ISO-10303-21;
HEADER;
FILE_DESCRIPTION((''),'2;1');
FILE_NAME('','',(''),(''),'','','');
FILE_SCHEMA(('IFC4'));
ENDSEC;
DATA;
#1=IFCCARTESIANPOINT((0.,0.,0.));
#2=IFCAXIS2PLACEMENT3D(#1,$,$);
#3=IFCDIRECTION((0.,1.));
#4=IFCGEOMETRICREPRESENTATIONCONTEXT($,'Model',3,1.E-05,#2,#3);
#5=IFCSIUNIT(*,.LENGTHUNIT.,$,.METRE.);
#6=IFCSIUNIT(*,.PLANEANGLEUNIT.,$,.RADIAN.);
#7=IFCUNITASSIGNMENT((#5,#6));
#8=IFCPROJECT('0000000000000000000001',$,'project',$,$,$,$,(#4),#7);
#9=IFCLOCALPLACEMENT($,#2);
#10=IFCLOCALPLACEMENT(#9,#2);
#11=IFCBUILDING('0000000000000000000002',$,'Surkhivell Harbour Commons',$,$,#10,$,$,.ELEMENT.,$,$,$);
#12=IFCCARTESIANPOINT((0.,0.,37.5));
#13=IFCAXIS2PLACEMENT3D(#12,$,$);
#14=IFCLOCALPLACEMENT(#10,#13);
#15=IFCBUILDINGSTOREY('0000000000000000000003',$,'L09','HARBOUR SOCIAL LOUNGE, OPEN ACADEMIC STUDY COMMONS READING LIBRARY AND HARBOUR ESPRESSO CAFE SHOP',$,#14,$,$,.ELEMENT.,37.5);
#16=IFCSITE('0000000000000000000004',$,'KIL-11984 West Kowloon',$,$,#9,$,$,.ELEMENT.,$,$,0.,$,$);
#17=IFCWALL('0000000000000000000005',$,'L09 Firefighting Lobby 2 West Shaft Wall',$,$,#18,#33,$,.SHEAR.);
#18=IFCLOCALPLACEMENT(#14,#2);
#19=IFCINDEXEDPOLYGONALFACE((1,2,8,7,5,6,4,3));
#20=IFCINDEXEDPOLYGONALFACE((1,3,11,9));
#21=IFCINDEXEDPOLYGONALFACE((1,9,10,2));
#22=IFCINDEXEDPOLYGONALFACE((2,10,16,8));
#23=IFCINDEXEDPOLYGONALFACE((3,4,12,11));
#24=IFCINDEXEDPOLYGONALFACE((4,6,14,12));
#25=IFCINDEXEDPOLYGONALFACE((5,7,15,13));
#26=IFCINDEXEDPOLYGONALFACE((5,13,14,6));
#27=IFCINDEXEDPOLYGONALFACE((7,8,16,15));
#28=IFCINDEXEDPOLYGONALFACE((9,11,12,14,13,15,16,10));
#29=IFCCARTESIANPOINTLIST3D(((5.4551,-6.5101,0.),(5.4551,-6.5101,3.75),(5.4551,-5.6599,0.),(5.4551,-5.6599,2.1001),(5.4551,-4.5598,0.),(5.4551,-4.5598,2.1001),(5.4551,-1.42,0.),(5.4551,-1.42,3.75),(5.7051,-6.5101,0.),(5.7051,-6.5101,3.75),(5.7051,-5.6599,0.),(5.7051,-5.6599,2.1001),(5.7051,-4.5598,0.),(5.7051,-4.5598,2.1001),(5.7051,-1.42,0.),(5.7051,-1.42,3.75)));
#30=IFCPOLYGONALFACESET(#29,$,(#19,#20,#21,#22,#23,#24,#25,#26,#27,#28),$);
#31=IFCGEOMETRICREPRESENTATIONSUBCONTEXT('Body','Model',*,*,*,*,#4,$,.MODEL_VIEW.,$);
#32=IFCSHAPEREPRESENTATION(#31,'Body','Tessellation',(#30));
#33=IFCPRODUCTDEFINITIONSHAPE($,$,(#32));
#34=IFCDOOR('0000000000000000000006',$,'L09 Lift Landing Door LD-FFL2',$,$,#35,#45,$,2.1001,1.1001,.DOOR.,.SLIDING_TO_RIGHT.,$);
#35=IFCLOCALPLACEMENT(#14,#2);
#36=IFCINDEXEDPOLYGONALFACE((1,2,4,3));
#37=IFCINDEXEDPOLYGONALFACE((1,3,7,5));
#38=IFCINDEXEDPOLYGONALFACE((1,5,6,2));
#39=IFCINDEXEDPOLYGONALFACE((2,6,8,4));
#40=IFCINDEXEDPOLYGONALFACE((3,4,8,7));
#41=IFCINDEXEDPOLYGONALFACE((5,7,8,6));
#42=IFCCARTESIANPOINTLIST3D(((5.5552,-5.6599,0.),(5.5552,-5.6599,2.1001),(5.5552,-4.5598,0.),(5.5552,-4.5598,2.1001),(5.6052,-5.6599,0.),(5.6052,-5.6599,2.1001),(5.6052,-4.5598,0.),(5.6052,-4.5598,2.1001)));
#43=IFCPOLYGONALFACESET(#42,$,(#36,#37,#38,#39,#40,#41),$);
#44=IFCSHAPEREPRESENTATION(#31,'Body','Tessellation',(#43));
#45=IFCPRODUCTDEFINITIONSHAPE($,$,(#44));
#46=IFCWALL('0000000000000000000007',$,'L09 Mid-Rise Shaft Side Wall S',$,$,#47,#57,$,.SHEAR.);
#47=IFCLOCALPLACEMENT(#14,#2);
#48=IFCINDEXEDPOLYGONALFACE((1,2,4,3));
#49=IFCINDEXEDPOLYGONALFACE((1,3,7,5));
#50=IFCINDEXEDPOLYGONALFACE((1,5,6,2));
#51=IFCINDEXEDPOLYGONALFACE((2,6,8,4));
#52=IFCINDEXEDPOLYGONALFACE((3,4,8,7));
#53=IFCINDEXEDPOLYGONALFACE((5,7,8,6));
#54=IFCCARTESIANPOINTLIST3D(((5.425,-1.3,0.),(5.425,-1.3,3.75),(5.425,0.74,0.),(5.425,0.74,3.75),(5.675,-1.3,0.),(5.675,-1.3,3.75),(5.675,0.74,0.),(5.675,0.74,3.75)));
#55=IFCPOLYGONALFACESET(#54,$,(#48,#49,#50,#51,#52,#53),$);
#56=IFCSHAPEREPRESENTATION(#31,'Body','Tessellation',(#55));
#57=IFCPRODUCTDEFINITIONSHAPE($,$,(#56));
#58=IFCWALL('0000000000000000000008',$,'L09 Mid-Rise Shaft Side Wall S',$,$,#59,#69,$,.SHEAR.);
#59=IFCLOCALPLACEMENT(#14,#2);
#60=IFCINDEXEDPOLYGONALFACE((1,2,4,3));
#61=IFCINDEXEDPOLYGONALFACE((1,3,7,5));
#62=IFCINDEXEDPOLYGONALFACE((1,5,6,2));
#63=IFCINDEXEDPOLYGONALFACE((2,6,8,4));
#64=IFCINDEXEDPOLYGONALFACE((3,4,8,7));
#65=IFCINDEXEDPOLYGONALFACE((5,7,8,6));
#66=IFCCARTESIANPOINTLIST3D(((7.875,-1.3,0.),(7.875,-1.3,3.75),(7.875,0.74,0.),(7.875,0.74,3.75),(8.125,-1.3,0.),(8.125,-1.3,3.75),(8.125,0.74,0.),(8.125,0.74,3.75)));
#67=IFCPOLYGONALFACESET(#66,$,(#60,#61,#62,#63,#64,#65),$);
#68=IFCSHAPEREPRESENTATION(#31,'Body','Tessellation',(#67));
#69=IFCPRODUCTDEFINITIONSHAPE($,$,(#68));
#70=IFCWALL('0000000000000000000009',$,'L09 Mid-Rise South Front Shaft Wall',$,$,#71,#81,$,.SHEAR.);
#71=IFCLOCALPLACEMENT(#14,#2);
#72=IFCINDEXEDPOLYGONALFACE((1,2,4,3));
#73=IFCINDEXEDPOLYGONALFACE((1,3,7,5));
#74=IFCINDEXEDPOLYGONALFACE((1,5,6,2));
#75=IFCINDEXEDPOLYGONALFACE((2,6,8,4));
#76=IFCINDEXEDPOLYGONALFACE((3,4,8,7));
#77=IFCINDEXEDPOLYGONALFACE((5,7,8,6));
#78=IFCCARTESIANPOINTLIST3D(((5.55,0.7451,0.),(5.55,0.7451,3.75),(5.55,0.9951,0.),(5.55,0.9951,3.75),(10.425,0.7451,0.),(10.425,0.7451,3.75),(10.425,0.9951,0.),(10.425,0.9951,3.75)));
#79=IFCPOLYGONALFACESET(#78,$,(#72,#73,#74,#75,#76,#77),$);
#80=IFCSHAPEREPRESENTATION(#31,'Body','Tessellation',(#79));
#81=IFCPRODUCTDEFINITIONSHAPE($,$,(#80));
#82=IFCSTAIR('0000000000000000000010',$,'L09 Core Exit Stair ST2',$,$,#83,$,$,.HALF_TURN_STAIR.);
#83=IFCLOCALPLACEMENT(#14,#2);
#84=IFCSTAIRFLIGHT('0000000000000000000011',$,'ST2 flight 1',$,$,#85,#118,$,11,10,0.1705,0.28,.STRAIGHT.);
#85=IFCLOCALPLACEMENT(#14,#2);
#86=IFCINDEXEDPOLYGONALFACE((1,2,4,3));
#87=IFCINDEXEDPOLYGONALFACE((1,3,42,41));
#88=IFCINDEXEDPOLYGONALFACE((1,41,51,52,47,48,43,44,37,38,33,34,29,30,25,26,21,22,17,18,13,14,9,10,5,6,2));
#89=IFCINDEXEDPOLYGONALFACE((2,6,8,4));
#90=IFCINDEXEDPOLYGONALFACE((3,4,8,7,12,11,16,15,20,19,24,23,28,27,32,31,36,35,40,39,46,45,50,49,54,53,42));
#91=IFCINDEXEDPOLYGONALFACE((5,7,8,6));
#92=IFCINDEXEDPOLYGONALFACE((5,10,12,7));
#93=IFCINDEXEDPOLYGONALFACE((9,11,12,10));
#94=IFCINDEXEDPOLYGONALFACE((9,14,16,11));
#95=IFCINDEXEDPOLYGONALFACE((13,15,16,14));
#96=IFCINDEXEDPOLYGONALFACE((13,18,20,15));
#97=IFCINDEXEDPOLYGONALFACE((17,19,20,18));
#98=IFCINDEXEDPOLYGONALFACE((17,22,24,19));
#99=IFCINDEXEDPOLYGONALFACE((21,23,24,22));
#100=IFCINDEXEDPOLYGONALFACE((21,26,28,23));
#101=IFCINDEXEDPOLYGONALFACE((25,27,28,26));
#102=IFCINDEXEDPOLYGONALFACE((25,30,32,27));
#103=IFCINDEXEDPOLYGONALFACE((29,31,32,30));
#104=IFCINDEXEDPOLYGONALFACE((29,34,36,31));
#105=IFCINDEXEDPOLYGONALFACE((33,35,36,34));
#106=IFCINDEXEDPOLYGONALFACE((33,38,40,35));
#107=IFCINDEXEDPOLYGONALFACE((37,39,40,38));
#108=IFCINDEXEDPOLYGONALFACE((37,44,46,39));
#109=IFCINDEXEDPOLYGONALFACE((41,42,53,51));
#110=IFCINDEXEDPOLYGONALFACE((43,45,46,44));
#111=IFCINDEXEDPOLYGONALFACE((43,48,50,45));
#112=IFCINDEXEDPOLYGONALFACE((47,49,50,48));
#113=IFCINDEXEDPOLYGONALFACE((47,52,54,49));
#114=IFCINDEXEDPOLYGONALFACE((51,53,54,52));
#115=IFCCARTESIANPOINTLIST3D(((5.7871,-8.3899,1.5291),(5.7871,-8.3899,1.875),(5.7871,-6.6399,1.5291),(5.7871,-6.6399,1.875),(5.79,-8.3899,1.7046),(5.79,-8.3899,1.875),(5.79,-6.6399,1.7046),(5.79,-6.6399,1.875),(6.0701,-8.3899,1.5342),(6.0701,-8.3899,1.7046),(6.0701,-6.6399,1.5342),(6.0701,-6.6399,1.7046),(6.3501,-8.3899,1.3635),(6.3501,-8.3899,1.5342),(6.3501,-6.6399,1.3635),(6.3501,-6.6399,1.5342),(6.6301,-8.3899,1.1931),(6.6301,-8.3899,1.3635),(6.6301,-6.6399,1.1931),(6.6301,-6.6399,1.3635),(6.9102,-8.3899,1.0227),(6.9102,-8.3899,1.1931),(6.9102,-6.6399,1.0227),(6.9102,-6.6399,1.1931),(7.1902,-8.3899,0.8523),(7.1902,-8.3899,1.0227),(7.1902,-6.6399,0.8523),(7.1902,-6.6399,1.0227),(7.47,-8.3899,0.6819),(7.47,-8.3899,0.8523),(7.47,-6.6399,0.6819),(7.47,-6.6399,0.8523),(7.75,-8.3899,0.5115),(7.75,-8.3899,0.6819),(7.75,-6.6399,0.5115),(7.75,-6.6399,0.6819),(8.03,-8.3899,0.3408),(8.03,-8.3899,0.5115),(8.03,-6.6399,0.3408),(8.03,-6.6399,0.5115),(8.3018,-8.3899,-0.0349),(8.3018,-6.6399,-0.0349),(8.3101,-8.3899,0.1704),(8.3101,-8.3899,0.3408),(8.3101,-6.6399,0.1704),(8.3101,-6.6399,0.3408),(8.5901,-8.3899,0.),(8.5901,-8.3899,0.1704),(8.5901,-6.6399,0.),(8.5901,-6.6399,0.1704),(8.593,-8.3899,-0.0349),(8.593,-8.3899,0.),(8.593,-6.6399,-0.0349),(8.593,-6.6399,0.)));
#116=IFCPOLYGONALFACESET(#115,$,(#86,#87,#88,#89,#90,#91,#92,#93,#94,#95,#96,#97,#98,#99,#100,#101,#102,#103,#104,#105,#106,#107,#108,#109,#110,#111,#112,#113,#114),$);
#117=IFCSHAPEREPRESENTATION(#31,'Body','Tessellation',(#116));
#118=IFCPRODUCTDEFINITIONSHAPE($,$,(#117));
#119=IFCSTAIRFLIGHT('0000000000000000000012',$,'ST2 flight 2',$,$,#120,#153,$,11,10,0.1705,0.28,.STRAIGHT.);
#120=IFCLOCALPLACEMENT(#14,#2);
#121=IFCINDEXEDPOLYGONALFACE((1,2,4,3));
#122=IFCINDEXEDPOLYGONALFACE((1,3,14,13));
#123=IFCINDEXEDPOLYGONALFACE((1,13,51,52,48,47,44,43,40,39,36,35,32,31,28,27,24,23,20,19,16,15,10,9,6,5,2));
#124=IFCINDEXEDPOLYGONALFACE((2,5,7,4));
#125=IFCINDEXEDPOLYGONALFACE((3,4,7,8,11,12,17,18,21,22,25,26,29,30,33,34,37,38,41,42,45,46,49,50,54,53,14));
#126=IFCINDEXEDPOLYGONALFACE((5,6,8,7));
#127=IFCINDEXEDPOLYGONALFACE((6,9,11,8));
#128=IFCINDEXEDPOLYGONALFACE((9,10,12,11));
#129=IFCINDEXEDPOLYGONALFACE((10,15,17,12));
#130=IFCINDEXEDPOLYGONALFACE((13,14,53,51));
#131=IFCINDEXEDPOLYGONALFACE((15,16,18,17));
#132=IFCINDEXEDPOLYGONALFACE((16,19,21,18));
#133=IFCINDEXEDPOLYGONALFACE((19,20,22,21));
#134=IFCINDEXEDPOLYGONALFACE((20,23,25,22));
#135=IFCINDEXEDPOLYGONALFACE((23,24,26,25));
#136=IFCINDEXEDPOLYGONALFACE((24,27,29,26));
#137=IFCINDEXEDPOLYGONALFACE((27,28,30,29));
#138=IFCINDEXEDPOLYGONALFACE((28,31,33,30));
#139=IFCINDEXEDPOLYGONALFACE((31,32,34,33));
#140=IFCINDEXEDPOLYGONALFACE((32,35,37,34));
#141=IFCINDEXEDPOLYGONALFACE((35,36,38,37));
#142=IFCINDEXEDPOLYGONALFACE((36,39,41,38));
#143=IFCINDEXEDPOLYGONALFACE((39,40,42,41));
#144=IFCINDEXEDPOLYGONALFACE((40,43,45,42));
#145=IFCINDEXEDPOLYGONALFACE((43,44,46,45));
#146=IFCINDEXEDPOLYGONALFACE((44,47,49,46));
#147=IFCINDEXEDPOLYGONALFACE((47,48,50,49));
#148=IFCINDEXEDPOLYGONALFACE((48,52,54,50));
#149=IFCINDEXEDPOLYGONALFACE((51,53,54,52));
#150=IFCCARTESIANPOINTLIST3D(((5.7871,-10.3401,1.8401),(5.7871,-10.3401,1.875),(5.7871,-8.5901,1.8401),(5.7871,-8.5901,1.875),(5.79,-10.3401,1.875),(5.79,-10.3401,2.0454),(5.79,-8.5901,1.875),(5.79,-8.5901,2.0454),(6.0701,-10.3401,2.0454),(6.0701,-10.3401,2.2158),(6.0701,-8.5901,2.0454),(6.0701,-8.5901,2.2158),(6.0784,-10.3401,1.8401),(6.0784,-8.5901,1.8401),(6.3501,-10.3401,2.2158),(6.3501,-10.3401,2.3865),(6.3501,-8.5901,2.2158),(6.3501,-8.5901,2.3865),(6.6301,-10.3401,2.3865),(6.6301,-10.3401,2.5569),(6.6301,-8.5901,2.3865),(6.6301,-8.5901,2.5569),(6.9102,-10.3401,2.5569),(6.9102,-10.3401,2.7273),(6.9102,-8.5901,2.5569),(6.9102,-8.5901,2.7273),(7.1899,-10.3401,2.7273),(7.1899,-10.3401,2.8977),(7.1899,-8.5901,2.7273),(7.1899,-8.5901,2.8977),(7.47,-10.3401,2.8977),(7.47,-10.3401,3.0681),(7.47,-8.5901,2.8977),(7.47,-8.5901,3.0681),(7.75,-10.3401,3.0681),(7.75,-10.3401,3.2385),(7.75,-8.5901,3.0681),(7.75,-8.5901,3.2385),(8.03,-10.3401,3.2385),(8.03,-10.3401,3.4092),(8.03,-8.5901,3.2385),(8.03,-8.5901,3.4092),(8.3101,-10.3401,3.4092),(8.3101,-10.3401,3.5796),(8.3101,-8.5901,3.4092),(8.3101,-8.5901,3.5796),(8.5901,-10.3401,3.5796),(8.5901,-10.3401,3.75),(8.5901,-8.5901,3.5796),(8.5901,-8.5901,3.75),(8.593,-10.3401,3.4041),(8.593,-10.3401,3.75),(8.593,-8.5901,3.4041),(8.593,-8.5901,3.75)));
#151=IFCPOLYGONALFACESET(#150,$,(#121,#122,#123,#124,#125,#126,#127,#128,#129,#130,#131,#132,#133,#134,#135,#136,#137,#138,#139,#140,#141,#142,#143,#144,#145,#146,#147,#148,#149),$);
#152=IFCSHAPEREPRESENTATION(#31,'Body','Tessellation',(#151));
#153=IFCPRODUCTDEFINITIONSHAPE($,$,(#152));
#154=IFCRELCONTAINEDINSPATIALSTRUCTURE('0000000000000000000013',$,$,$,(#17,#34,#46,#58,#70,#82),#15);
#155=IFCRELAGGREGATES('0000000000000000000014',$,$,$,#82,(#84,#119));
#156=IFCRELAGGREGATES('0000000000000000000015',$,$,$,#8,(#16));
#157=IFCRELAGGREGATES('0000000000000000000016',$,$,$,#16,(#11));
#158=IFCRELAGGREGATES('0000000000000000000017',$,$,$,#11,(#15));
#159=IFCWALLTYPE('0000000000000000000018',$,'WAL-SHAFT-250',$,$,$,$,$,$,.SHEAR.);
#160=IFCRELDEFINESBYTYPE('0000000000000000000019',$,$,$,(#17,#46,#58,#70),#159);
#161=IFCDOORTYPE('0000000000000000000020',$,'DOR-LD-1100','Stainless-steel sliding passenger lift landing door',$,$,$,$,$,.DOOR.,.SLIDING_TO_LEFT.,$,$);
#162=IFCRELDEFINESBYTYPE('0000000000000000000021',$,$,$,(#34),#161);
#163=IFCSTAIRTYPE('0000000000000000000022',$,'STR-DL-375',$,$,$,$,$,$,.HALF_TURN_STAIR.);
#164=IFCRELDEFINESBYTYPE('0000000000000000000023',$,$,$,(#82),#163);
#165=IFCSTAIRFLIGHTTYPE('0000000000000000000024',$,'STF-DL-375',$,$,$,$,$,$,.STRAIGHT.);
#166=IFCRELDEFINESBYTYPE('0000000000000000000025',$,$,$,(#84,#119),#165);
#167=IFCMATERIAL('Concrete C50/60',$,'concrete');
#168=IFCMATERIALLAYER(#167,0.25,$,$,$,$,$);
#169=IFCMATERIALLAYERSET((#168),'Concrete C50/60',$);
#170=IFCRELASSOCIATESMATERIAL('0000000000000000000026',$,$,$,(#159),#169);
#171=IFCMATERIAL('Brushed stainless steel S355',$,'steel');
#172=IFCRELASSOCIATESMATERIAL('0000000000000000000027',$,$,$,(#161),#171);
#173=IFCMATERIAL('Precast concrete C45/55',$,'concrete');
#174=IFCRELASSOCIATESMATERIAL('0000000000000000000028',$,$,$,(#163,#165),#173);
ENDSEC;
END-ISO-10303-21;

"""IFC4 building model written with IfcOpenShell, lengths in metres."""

from ifc_helpers import new_model, si_unit, direction, frame, frame_2d, origin, place, context, subcontext, project, spatial, polyline, rectangle, outline, extrude, material, layer, layer_set, type_object, element, fill, aggregate, save


model = new_model("IFC4")

# Units and contexts
model_context = context("Model", 3, precision=1e-05, world=origin(), true_north=direction((0.0, 1.0)))
body_context = subcontext(model_context, "Body", "Model", "MODEL_VIEW")
ifc_project = project(units=[si_unit("LENGTHUNIT", "METRE"), si_unit("PLANEANGLEUNIT", "RADIAN")], contexts=[model_context])

# Site, building, storey
site_placement = place(None, origin())
site = spatial("IfcSite", under=ifc_project, at=site_placement, Name="KIL-11984 West Kowloon", CompositionType="ELEMENT", RefElevation=0.0)
building_placement = place(site_placement, origin())
building = spatial("IfcBuilding", under=site, at=building_placement, Name="Surkhivell Harbour Commons", CompositionType="ELEMENT")
storey_placement = place(building_placement, frame((0.0, 0.0, 37.5)))
storey = spatial("IfcBuildingStorey", under=building, at=storey_placement, Name="L09", Description="HARBOUR SOCIAL LOUNGE, OPEN ACADEMIC STUDY COMMONS READING LIBRARY AND HARBOUR ESPRESSO CAFE SHOP", CompositionType="ELEMENT", Elevation=37.5)

# Shared definitions
ifc_material_1 = material(Name="Concrete C50/60", Category="concrete")
ifc_layer_1 = layer(ifc_material_1, 0.25)
ifc_layer_set_1 = layer_set([ifc_layer_1], Name="Concrete C50/60")
wall_type_1 = type_object("IfcWallType", Name="WAL-SHAFT-250", PredefinedType="SHEAR", material=ifc_layer_set_1)

# Wall, opening, door
wall_1_placement = place(storey_placement, frame((5.5801, -6.51, 0.0), z_axis=(0.0, 0.0, 1.0), x_axis=(0.0, 1.0, 0.0)))
wall_1 = element("IfcWall", 1, at=wall_1_placement, inside=storey, type_object=wall_type_1, Name="L09 Firefighting Lobby 2 West Shaft Wall", PredefinedType="SHEAR", context=body_context, shape_type="SweptSolid", body=[
    extrude(rectangle(XDim=5.0901, YDim=0.25, at=frame_2d((2.5449, 0.0))), origin(), (0.0, 0.0, 1.0), 3.75),
])
opening_placement = place(wall_1_placement, frame((0.8501, 0.0, 0.0)))
opening = element("IfcOpeningElement", 2, at=opening_placement, cuts=wall_1, PredefinedType="OPENING", context=body_context, shape_type="SweptSolid", body=[
    extrude(rectangle(XDim=1.1001, YDim=2.1001, at=frame_2d((0.55, 1.05))), frame((0.0, 0.135, 0.0), z_axis=(0.0, -1.0, 0.0), x_axis=(1.0, 0.0, 0.0)), (0.0, 0.0, 1.0), 0.27),
])
ifc_material_2 = material(Name="Brushed stainless steel S355", Category="steel")
door_type = type_object("IfcDoorType", Name="DOR-LD-1100", Description="Stainless-steel sliding passenger lift landing door", OperationType="SLIDING_TO_LEFT", PredefinedType="DOOR", material=ifc_material_2)
door_placement = place(opening_placement, origin())
door = element("IfcDoor", 3, at=door_placement, inside=storey, type_object=door_type, Name="L09 Lift Landing Door LD-FFL2", OperationType="SLIDING_TO_RIGHT", OverallHeight=2.1001, OverallWidth=1.1001, PredefinedType="DOOR", context=body_context, shape_type="SweptSolid", body=[
    extrude(rectangle(XDim=1.1001, YDim=2.1001, at=frame_2d((0.55, 1.05))), frame((0.0, 0.0249, 0.0), z_axis=(0.0, -1.0, 0.0), x_axis=(1.0, 0.0, 0.0)), (0.0, 0.0, 1.0), 0.05),
])
fill(opening, door)

# Walls
for number, where, z_axis, x_axis, name in (
    (4, (5.55, -1.3, 0.0), (0.0, 0.0, 1.0), (0.0, 1.0, 0.0), "L09 Mid-Rise Shaft Side Wall S"),
    (5, (8.0, -1.3, 0.0), (0.0, 0.0, 1.0), (0.0, 1.0, 0.0), "L09 Mid-Rise Shaft Side Wall S"),
):
    element("IfcWall", number, at=place(storey_placement, frame(where, z_axis=z_axis, x_axis=x_axis)), inside=storey, type_object=wall_type_1, Name=name, PredefinedType="SHEAR", context=body_context, shape_type="SweptSolid", body=[
        extrude(rectangle(XDim=2.04, YDim=0.25, at=frame_2d((1.02, 0.0))), origin(), (0.0, 0.0, 1.0), 3.75),
    ])
wall_2_placement = place(storey_placement, frame((5.55, 0.8701, 0.0), z_axis=(0.0, 0.0, 1.0), x_axis=(1.0, 0.0, 0.0)))
element("IfcWall", 6, at=wall_2_placement, inside=storey, type_object=wall_type_1, Name="L09 Mid-Rise South Front Shaft Wall", PredefinedType="SHEAR", context=body_context, shape_type="SweptSolid", body=[
    extrude(rectangle(XDim=4.875, YDim=0.25, at=frame_2d((2.4375, 0.0))), origin(), (0.0, 0.0, 1.0), 3.75),
])

# Stair, stair flights
ifc_material_3 = material(Name="Precast concrete C45/55", Category="concrete")
stair_type = type_object("IfcStairType", Name="STR-DL-375", PredefinedType="HALF_TURN_STAIR", material=ifc_material_3)
stair_placement = place(storey_placement, origin())
stair = element("IfcStair", 7, at=stair_placement, inside=storey, type_object=stair_type, Name="L09 Core Exit Stair ST2", PredefinedType="HALF_TURN_STAIR")
stair_flight_type = type_object("IfcStairFlightType", Name="STF-DL-375", PredefinedType="STRAIGHT", material=ifc_material_3)
stair_flight_1_placement = place(storey_placement, frame((8.5901, -7.5149, 0.0), z_axis=(0.0, 0.0, 1.0), x_axis=(-1.0, 0.0, 0.0)))
stair_flight_1 = element("IfcStairFlight", 8, at=stair_flight_1_placement, type_object=stair_flight_type, Name="ST2 flight 1", NumberOfRisers=11, NumberOfTreads=10, PredefinedType="STRAIGHT", RiserHeight=0.1705, TreadLength=0.28, context=body_context, shape_type="SweptSolid", body=[
    extrude(outline(polyline([(-0.0029, -0.0349), (-0.0029, 0.0), (0.0, 0.0), (0.0, 0.1704), (0.28, 0.1704), (0.28, 0.3408), (0.5601, 0.3408), (0.5601, 0.5115), (0.8401, 0.5115), (0.8401, 0.6819), (1.1201, 0.6819), (1.1201, 0.8523), (1.3999, 0.8523), (1.3999, 1.0227), (1.6799, 1.0227), (1.6799, 1.1931), (1.96, 1.1931), (1.96, 1.3635), (2.24, 1.3635), (2.24, 1.5342), (2.52, 1.5342), (2.52, 1.7046), (2.8, 1.7046), (2.8, 1.875), (2.803, 1.875), (2.803, 1.5291), (0.2883, -0.0349), (-0.0029, -0.0349)])), frame((0.0, 0.875, 0.0), z_axis=(0.0, -1.0, 0.0), x_axis=(1.0, 0.0, 0.0)), (0.0, 0.0, 1.0), 1.75),
])
stair_flight_2_placement = place(storey_placement, frame((5.79, -9.4651, 1.875), z_axis=(0.0, 0.0, 1.0), x_axis=(1.0, 0.0, 0.0)))
stair_flight_2 = element("IfcStairFlight", 9, at=stair_flight_2_placement, type_object=stair_flight_type, Name="ST2 flight 2", NumberOfRisers=11, NumberOfTreads=10, PredefinedType="STRAIGHT", RiserHeight=0.1705, TreadLength=0.28, context=body_context, shape_type="SweptSolid", body=[
    extrude(outline(polyline([(-0.0029, -0.0349), (-0.0029, 0.0), (0.0, 0.0), (0.0, 0.1704), (0.28, 0.1704), (0.28, 0.3408), (0.5601, 0.3408), (0.5601, 0.5115), (0.8401, 0.5115), (0.8401, 0.6819), (1.1201, 0.6819), (1.1201, 0.8523), (1.3999, 0.8523), (1.3999, 1.0227), (1.6799, 1.0227), (1.6799, 1.1931), (1.96, 1.1931), (1.96, 1.3635), (2.24, 1.3635), (2.24, 1.5342), (2.52, 1.5342), (2.52, 1.7046), (2.8, 1.7046), (2.8, 1.875), (2.803, 1.875), (2.803, 1.5291), (0.2883, -0.0349), (-0.0029, -0.0349)])), frame((0.0, 0.875, 0.0), z_axis=(0.0, -1.0, 0.0), x_axis=(1.0, 0.0, 0.0)), (0.0, 0.0, 1.0), 1.75),
])
aggregate(stair, [stair_flight_1, stair_flight_2])

save(model, "model.ifc")
